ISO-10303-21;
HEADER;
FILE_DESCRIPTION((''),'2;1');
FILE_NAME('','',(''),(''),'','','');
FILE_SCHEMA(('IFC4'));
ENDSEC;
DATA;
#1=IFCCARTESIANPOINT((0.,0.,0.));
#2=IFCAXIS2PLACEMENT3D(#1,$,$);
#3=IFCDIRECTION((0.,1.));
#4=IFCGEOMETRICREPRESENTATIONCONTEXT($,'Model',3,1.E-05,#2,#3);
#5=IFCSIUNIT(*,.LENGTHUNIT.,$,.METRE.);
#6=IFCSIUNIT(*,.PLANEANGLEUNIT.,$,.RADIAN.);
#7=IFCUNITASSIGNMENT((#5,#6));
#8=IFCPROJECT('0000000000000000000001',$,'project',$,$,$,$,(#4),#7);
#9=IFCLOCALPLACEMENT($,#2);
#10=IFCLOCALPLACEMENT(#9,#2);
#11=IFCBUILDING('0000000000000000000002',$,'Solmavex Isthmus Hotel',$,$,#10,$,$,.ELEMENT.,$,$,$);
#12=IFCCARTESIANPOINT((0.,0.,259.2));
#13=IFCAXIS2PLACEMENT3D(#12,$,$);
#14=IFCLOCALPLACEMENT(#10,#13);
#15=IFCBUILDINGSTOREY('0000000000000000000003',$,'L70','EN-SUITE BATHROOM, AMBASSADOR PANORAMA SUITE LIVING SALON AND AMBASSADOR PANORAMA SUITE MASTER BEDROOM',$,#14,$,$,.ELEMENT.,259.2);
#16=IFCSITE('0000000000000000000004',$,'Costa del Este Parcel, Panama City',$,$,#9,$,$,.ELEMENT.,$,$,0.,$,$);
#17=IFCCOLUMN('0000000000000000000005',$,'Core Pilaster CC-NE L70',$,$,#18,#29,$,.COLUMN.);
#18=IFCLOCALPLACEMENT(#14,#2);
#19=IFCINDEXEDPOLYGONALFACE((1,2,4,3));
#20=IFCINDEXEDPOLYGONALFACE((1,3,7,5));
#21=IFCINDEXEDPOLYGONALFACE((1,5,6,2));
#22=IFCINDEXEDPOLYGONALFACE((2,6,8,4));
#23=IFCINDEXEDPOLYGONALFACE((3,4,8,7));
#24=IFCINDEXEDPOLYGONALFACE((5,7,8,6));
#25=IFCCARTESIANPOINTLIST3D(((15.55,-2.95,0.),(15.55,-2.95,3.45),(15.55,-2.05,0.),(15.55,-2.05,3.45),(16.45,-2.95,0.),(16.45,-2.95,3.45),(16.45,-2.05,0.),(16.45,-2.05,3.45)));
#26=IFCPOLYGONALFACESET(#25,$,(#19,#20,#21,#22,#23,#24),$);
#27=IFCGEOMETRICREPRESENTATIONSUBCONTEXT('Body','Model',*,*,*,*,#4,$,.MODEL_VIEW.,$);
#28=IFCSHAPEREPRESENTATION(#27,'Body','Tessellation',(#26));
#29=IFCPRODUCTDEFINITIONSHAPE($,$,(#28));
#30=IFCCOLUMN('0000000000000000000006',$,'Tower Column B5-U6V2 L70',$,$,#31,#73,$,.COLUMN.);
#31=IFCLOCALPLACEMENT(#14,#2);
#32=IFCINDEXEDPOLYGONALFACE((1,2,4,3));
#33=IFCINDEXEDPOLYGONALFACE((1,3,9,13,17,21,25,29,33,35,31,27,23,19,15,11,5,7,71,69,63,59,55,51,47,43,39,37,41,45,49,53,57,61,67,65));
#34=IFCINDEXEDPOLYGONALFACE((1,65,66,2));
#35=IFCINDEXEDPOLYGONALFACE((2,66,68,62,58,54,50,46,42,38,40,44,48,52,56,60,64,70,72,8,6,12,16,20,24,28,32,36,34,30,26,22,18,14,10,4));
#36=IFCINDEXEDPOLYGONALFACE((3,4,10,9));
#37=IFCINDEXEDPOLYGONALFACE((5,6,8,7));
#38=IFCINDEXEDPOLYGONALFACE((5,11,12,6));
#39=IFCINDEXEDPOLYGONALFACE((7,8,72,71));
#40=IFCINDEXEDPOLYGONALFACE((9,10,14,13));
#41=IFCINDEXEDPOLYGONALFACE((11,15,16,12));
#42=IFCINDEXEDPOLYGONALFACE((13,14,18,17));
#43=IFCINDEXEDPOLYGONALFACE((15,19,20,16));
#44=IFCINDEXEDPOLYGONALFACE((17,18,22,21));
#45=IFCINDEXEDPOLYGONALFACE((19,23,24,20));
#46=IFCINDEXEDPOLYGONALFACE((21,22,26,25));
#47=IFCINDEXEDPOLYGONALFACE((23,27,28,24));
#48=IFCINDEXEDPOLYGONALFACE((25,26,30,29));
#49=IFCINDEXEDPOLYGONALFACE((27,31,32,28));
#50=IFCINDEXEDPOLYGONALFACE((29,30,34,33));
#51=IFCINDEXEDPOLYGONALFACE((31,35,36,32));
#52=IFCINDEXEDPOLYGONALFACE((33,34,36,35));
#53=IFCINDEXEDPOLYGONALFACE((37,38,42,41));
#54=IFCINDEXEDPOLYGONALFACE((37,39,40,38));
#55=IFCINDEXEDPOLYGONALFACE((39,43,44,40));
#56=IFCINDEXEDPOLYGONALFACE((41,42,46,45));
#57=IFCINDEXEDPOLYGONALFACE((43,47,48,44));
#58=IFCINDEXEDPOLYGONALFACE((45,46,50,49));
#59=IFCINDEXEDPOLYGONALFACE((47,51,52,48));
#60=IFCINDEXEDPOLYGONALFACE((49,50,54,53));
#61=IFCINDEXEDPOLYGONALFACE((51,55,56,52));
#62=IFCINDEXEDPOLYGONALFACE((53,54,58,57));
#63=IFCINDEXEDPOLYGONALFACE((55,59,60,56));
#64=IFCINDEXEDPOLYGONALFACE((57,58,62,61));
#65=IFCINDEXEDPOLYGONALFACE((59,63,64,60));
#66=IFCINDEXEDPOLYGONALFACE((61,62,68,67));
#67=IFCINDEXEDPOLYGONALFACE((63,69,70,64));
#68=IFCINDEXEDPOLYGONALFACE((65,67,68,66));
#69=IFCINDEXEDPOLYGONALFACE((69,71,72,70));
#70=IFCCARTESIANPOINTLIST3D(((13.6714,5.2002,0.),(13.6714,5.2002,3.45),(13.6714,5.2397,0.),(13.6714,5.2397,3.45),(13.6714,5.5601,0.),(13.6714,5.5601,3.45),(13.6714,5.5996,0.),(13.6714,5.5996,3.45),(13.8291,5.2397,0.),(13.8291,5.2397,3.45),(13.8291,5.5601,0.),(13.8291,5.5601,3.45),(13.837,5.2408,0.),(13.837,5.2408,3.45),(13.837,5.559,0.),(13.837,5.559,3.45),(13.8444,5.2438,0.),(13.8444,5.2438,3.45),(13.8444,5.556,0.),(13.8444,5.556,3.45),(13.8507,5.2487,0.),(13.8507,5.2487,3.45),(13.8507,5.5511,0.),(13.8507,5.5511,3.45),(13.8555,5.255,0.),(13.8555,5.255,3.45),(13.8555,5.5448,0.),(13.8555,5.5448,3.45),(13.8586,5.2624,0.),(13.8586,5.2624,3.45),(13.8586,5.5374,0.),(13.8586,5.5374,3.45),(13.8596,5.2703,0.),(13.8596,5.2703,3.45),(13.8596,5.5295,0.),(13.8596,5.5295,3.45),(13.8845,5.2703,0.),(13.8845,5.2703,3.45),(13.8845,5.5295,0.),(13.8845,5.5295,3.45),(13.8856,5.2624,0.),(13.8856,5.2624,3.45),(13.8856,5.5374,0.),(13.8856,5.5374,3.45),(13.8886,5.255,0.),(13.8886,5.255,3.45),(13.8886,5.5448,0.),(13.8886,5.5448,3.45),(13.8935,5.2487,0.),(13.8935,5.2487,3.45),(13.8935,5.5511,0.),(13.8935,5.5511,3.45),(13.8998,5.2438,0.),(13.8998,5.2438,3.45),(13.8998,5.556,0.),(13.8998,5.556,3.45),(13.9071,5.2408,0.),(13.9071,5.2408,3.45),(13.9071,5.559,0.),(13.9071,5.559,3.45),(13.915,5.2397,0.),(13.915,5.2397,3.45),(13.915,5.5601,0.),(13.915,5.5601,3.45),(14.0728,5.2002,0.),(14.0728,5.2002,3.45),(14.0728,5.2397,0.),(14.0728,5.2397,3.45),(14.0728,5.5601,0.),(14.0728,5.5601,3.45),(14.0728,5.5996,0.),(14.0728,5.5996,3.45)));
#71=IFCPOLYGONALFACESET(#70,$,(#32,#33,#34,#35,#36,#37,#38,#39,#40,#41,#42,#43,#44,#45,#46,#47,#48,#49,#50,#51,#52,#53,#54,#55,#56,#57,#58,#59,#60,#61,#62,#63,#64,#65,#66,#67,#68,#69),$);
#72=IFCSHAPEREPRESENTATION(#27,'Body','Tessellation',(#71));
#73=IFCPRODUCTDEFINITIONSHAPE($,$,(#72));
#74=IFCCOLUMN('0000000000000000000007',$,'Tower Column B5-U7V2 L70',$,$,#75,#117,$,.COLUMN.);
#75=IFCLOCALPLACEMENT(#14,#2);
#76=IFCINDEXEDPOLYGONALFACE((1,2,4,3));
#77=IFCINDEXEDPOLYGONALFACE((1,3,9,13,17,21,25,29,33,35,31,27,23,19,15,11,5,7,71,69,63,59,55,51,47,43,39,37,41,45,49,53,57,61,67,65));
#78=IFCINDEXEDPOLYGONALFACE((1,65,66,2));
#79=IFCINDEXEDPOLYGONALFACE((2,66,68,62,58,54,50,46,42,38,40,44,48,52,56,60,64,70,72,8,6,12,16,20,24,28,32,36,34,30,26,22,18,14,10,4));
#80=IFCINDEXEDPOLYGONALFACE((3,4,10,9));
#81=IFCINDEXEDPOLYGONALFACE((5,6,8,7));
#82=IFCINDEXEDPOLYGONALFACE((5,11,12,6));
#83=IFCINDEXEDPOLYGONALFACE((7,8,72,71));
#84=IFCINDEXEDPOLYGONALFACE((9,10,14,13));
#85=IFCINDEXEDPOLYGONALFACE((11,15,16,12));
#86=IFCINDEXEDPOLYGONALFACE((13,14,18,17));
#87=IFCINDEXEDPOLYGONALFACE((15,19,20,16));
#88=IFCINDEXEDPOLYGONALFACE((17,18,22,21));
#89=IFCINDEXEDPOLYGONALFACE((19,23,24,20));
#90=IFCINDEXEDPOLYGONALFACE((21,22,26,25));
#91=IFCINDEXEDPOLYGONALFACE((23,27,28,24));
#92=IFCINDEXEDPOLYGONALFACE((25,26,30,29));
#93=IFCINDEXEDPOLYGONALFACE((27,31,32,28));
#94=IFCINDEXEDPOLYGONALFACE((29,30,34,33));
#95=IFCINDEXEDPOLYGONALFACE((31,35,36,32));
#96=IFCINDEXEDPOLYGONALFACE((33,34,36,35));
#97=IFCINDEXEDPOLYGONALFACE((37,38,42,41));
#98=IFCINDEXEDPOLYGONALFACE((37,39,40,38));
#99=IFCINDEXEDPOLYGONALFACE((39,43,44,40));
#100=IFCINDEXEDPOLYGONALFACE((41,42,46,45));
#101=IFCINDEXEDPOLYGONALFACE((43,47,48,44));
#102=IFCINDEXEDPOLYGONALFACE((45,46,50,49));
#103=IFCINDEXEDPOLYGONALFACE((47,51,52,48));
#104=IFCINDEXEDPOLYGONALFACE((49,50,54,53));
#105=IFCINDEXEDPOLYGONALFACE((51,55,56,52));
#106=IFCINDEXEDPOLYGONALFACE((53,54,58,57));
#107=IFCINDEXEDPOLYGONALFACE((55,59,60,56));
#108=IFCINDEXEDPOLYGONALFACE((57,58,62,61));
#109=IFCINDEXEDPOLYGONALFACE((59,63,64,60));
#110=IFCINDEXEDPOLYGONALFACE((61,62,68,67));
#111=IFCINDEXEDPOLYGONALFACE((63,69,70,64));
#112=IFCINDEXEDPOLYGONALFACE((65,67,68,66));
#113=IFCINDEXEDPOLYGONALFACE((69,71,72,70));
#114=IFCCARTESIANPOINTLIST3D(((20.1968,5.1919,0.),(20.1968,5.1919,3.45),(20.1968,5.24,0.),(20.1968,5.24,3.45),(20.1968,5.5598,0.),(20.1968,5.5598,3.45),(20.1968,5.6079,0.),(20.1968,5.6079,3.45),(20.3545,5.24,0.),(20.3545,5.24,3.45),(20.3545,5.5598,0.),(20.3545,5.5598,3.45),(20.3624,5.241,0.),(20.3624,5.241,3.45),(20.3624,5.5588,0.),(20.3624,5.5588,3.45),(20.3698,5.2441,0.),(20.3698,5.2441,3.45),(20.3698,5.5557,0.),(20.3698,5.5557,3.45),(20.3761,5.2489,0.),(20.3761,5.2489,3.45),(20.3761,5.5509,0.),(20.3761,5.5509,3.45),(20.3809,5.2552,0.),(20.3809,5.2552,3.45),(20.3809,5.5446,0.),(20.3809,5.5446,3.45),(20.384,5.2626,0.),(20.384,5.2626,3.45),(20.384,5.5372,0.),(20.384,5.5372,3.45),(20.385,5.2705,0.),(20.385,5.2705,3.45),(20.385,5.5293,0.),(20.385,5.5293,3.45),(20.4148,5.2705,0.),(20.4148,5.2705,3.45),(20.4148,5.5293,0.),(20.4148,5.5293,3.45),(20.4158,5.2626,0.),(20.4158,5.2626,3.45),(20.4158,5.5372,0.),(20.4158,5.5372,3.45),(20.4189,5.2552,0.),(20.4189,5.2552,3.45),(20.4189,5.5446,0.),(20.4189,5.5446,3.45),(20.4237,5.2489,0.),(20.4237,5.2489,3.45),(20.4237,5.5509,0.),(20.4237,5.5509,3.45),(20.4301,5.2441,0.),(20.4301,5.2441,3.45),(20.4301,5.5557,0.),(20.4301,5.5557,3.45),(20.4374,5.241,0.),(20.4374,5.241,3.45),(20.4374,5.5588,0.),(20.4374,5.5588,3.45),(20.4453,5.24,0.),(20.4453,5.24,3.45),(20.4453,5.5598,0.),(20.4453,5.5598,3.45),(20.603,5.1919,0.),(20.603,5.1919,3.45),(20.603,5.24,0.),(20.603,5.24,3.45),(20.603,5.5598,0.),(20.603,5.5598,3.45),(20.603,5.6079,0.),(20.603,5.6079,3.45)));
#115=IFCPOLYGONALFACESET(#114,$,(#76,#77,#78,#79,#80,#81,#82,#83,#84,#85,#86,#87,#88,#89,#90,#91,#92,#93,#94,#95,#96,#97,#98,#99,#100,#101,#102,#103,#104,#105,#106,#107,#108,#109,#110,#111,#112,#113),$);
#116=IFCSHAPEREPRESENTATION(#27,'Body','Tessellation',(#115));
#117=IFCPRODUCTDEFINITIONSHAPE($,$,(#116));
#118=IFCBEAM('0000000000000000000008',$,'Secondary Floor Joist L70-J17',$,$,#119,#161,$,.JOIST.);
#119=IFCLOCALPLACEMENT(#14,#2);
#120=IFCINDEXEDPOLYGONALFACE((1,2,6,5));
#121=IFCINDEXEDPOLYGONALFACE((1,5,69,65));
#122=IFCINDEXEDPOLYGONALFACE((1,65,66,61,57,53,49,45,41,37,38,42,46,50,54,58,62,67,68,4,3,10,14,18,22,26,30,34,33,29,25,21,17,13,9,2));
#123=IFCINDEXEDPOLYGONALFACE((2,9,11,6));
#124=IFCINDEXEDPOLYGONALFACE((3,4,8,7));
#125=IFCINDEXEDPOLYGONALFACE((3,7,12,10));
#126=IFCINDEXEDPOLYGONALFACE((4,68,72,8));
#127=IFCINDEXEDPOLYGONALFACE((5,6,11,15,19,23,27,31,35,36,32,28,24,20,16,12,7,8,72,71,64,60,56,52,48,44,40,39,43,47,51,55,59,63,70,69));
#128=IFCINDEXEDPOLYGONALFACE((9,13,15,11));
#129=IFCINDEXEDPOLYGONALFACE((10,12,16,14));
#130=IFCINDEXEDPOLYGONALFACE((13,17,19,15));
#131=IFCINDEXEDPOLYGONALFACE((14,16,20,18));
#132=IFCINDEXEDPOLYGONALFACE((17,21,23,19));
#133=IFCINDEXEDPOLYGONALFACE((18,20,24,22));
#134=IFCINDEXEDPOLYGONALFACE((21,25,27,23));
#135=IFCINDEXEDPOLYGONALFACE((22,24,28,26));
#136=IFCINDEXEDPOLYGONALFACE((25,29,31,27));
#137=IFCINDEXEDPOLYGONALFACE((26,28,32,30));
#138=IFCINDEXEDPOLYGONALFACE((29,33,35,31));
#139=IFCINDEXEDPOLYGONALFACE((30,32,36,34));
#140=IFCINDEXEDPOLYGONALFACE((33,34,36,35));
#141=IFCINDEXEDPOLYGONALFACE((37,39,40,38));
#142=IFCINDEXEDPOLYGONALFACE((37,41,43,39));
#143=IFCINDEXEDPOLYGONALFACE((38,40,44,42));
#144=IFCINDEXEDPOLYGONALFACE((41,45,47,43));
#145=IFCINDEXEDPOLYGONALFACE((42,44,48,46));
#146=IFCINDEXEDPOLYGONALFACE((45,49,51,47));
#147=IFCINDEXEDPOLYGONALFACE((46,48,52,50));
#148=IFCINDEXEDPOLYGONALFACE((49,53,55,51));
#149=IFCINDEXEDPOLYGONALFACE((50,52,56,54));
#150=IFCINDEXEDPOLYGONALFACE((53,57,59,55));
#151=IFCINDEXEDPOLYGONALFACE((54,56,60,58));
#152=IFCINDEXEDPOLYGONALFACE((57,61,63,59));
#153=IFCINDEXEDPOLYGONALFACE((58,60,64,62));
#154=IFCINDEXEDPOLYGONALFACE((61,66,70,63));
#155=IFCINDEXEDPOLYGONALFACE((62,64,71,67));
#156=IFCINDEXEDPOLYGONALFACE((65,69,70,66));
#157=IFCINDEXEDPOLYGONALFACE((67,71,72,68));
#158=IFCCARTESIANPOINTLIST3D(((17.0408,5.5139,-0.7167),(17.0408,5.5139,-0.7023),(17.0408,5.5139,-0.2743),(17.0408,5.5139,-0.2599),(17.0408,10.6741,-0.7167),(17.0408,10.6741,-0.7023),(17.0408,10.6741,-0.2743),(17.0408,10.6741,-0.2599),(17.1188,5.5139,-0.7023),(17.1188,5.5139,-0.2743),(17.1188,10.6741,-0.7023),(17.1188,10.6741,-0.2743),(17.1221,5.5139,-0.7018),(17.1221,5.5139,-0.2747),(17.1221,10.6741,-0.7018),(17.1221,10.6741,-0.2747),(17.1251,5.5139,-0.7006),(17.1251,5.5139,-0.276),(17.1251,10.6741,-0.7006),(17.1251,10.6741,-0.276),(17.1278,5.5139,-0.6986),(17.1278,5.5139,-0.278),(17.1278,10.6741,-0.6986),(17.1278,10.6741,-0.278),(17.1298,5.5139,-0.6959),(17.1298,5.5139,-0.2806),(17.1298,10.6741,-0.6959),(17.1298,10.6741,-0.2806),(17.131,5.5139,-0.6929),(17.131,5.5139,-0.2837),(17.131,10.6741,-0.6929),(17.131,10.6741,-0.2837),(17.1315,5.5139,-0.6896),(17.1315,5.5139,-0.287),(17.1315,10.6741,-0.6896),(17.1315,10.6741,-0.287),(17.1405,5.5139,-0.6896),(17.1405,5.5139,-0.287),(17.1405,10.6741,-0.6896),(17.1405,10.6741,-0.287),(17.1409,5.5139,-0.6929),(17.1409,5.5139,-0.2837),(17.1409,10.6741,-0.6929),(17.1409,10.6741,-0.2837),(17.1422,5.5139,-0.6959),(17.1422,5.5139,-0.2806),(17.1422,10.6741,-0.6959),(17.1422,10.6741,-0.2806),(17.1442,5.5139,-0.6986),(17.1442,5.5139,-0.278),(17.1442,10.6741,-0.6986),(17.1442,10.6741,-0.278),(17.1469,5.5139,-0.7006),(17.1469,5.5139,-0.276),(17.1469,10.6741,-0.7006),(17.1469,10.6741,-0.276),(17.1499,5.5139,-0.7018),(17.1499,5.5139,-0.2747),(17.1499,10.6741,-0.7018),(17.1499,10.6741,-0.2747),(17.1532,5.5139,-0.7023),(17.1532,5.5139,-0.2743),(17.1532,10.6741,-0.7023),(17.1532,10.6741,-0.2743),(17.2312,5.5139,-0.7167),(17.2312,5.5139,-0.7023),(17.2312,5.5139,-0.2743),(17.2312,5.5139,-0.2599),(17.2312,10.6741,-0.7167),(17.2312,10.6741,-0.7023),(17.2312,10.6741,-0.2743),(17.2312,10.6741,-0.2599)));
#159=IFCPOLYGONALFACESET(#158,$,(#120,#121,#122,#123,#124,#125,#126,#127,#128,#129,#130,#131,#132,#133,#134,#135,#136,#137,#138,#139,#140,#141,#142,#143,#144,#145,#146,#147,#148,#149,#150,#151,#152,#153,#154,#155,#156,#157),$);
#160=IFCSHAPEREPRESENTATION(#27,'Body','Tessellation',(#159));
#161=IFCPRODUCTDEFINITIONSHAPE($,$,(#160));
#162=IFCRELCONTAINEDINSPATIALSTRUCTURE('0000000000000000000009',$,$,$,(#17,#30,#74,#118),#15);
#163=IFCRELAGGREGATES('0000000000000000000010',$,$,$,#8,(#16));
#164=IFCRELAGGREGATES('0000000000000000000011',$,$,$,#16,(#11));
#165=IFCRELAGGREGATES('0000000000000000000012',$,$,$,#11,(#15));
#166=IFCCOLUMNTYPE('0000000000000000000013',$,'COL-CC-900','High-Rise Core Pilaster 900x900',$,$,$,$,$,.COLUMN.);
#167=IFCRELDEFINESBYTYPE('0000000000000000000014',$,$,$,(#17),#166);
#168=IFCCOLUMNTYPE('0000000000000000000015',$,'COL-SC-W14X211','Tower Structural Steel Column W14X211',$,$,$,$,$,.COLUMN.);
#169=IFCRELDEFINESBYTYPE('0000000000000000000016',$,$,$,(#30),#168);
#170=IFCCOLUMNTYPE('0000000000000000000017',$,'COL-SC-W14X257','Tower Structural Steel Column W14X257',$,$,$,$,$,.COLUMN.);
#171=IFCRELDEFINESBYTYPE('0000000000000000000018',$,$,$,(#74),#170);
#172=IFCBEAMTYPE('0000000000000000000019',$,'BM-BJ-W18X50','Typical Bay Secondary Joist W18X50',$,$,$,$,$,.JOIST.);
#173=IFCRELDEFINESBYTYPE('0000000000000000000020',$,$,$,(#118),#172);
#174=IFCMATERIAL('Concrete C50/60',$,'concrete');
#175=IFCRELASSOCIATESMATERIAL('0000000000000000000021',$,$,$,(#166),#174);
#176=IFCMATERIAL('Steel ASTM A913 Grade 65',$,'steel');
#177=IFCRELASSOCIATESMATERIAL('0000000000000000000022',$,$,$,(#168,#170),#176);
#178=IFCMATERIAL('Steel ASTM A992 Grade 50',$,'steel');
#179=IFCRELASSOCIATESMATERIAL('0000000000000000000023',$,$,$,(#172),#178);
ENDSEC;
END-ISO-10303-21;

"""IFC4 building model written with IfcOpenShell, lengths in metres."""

from ifc_helpers import new_model, si_unit, direction, frame, origin, origin_2d, place, context, subcontext, project, spatial, rectangle, i_section, extrude, material, material_profile, profile_set, type_object, element, save


model = new_model("IFC4")

# Units and contexts
model_context = context("Model", 3, precision=1e-05, world=origin(), true_north=direction((0.0, 1.0)))
body_context = subcontext(model_context, "Body", "Model", "MODEL_VIEW")
ifc_project = project(units=[si_unit("LENGTHUNIT", "METRE"), si_unit("PLANEANGLEUNIT", "RADIAN")], contexts=[model_context])

# Site, building, storey
site_placement = place(None, origin())
site = spatial("IfcSite", under=ifc_project, at=site_placement, Name="Costa del Este Parcel, Panama City", CompositionType="ELEMENT", RefElevation=0.0)
building_placement = place(site_placement, origin())
building = spatial("IfcBuilding", under=site, at=building_placement, Name="Solmavex Isthmus Hotel", CompositionType="ELEMENT")
storey_placement = place(building_placement, frame((0.0, 0.0, 259.2)))
storey = spatial("IfcBuildingStorey", under=building, at=storey_placement, Name="L70", Description="EN-SUITE BATHROOM, AMBASSADOR PANORAMA SUITE LIVING SALON AND AMBASSADOR PANORAMA SUITE MASTER BEDROOM", CompositionType="ELEMENT", Elevation=259.2)

# Columns
ifc_material_1 = material(Name="Concrete C50/60", Category="concrete")
ifc_material_profile_1 = material_profile(ifc_material_1, rectangle(XDim=0.8999, YDim=0.8999, at=origin_2d()), Name="RC900X900")
ifc_profile_set_1 = profile_set([ifc_material_profile_1], Name="Concrete C50/60")
column_type_1 = type_object("IfcColumnType", Name="COL-CC-900", Description="High-Rise Core Pilaster 900x900", PredefinedType="COLUMN", material=ifc_profile_set_1)
column_1_placement = place(storey_placement, frame((16.0, -2.5, 0.0), z_axis=(0.0, 0.0, 1.0), x_axis=(1.0, 0.0, 0.0)))
element("IfcColumn", 1, at=column_1_placement, inside=storey, type_object=column_type_1, Name="Core Pilaster CC-NE L70", PredefinedType="COLUMN", context=body_context, shape_type="SweptSolid", body=[
    extrude(rectangle(XDim=0.8999, YDim=0.8999, at=origin_2d()), origin(), (0.0, 0.0, 1.0), 3.45),
])
ifc_material_2 = material(Name="Steel ASTM A913 Grade 65", Category="steel")
ifc_material_profile_2 = material_profile(ifc_material_2, i_section(OverallWidth=0.4014, OverallDepth=0.3994, WebThickness=0.0249, FlangeThickness=0.0396, FilletRadius=0.0305, at=origin_2d()), Name="W14X211")
ifc_profile_set_2 = profile_set([ifc_material_profile_2], Name="Steel ASTM A913 Grade 65")
column_type_2 = type_object("IfcColumnType", Name="COL-SC-W14X211", Description="Tower Structural Steel Column W14X211", PredefinedType="COLUMN", material=ifc_profile_set_2)
column_2_placement = place(storey_placement, frame((13.8721, 5.3999, 0.0), z_axis=(0.0, 0.0, 1.0), x_axis=(1.0, 0.0, 0.0)))
element("IfcColumn", 2, at=column_2_placement, inside=storey, type_object=column_type_2, Name="Tower Column B5-U6V2 L70", PredefinedType="COLUMN", context=body_context, shape_type="SweptSolid", body=[
    extrude(i_section(OverallWidth=0.4014, OverallDepth=0.3994, WebThickness=0.0249, FlangeThickness=0.0396, FilletRadius=0.0305, at=origin_2d()), origin(), (0.0, 0.0, 1.0), 3.45),
])
ifc_material_profile_3 = material_profile(ifc_material_2, i_section(OverallWidth=0.4062, OverallDepth=0.416, WebThickness=0.0298, FlangeThickness=0.0481, FilletRadius=0.0305, at=origin_2d()), Name="W14X257")
ifc_profile_set_3 = profile_set([ifc_material_profile_3], Name="Steel ASTM A913 Grade 65")
column_type_3 = type_object("IfcColumnType", Name="COL-SC-W14X257", Description="Tower Structural Steel Column W14X257", PredefinedType="COLUMN", material=ifc_profile_set_3)
column_3_placement = place(storey_placement, frame((20.3999, 5.3999, 0.0), z_axis=(0.0, 0.0, 1.0), x_axis=(1.0, 0.0, 0.0)))
element("IfcColumn", 3, at=column_3_placement, inside=storey, type_object=column_type_3, Name="Tower Column B5-U7V2 L70", PredefinedType="COLUMN", context=body_context, shape_type="SweptSolid", body=[
    extrude(i_section(OverallWidth=0.4062, OverallDepth=0.416, WebThickness=0.0298, FlangeThickness=0.0481, FilletRadius=0.0305, at=origin_2d()), origin(), (0.0, 0.0, 1.0), 3.45),
])

# Beam
ifc_material_3 = material(Name="Steel ASTM A992 Grade 50", Category="steel")
ifc_material_profile_4 = material_profile(ifc_material_3, i_section(OverallWidth=0.1904, OverallDepth=0.4568, WebThickness=0.009, FlangeThickness=0.0144, FilletRadius=0.0127, at=origin_2d()), Name="W18X50")
ifc_profile_set_4 = profile_set([ifc_material_profile_4], Name="Steel ASTM A992 Grade 50")
beam_type_1 = type_object("IfcBeamType", Name="BM-BJ-W18X50", Description="Typical Bay Secondary Joist W18X50", PredefinedType="JOIST", material=ifc_profile_set_4)
beam_1_placement = place(storey_placement, frame((17.136, 5.5139, -0.4883), z_axis=(0.0, 1.0, 0.0), x_axis=(-1.0, 0.0, 0.0)))
element("IfcBeam", 4, at=beam_1_placement, inside=storey, type_object=beam_type_1, Name="Secondary Floor Joist L70-J17", PredefinedType="JOIST", context=body_context, shape_type="SweptSolid", body=[
    extrude(i_section(OverallWidth=0.1904, OverallDepth=0.4568, WebThickness=0.009, FlangeThickness=0.0144, FilletRadius=0.0127, at=origin_2d()), origin(), (0.0, 0.0, 1.0), 5.1602),
])

save(model, "model.ifc")
